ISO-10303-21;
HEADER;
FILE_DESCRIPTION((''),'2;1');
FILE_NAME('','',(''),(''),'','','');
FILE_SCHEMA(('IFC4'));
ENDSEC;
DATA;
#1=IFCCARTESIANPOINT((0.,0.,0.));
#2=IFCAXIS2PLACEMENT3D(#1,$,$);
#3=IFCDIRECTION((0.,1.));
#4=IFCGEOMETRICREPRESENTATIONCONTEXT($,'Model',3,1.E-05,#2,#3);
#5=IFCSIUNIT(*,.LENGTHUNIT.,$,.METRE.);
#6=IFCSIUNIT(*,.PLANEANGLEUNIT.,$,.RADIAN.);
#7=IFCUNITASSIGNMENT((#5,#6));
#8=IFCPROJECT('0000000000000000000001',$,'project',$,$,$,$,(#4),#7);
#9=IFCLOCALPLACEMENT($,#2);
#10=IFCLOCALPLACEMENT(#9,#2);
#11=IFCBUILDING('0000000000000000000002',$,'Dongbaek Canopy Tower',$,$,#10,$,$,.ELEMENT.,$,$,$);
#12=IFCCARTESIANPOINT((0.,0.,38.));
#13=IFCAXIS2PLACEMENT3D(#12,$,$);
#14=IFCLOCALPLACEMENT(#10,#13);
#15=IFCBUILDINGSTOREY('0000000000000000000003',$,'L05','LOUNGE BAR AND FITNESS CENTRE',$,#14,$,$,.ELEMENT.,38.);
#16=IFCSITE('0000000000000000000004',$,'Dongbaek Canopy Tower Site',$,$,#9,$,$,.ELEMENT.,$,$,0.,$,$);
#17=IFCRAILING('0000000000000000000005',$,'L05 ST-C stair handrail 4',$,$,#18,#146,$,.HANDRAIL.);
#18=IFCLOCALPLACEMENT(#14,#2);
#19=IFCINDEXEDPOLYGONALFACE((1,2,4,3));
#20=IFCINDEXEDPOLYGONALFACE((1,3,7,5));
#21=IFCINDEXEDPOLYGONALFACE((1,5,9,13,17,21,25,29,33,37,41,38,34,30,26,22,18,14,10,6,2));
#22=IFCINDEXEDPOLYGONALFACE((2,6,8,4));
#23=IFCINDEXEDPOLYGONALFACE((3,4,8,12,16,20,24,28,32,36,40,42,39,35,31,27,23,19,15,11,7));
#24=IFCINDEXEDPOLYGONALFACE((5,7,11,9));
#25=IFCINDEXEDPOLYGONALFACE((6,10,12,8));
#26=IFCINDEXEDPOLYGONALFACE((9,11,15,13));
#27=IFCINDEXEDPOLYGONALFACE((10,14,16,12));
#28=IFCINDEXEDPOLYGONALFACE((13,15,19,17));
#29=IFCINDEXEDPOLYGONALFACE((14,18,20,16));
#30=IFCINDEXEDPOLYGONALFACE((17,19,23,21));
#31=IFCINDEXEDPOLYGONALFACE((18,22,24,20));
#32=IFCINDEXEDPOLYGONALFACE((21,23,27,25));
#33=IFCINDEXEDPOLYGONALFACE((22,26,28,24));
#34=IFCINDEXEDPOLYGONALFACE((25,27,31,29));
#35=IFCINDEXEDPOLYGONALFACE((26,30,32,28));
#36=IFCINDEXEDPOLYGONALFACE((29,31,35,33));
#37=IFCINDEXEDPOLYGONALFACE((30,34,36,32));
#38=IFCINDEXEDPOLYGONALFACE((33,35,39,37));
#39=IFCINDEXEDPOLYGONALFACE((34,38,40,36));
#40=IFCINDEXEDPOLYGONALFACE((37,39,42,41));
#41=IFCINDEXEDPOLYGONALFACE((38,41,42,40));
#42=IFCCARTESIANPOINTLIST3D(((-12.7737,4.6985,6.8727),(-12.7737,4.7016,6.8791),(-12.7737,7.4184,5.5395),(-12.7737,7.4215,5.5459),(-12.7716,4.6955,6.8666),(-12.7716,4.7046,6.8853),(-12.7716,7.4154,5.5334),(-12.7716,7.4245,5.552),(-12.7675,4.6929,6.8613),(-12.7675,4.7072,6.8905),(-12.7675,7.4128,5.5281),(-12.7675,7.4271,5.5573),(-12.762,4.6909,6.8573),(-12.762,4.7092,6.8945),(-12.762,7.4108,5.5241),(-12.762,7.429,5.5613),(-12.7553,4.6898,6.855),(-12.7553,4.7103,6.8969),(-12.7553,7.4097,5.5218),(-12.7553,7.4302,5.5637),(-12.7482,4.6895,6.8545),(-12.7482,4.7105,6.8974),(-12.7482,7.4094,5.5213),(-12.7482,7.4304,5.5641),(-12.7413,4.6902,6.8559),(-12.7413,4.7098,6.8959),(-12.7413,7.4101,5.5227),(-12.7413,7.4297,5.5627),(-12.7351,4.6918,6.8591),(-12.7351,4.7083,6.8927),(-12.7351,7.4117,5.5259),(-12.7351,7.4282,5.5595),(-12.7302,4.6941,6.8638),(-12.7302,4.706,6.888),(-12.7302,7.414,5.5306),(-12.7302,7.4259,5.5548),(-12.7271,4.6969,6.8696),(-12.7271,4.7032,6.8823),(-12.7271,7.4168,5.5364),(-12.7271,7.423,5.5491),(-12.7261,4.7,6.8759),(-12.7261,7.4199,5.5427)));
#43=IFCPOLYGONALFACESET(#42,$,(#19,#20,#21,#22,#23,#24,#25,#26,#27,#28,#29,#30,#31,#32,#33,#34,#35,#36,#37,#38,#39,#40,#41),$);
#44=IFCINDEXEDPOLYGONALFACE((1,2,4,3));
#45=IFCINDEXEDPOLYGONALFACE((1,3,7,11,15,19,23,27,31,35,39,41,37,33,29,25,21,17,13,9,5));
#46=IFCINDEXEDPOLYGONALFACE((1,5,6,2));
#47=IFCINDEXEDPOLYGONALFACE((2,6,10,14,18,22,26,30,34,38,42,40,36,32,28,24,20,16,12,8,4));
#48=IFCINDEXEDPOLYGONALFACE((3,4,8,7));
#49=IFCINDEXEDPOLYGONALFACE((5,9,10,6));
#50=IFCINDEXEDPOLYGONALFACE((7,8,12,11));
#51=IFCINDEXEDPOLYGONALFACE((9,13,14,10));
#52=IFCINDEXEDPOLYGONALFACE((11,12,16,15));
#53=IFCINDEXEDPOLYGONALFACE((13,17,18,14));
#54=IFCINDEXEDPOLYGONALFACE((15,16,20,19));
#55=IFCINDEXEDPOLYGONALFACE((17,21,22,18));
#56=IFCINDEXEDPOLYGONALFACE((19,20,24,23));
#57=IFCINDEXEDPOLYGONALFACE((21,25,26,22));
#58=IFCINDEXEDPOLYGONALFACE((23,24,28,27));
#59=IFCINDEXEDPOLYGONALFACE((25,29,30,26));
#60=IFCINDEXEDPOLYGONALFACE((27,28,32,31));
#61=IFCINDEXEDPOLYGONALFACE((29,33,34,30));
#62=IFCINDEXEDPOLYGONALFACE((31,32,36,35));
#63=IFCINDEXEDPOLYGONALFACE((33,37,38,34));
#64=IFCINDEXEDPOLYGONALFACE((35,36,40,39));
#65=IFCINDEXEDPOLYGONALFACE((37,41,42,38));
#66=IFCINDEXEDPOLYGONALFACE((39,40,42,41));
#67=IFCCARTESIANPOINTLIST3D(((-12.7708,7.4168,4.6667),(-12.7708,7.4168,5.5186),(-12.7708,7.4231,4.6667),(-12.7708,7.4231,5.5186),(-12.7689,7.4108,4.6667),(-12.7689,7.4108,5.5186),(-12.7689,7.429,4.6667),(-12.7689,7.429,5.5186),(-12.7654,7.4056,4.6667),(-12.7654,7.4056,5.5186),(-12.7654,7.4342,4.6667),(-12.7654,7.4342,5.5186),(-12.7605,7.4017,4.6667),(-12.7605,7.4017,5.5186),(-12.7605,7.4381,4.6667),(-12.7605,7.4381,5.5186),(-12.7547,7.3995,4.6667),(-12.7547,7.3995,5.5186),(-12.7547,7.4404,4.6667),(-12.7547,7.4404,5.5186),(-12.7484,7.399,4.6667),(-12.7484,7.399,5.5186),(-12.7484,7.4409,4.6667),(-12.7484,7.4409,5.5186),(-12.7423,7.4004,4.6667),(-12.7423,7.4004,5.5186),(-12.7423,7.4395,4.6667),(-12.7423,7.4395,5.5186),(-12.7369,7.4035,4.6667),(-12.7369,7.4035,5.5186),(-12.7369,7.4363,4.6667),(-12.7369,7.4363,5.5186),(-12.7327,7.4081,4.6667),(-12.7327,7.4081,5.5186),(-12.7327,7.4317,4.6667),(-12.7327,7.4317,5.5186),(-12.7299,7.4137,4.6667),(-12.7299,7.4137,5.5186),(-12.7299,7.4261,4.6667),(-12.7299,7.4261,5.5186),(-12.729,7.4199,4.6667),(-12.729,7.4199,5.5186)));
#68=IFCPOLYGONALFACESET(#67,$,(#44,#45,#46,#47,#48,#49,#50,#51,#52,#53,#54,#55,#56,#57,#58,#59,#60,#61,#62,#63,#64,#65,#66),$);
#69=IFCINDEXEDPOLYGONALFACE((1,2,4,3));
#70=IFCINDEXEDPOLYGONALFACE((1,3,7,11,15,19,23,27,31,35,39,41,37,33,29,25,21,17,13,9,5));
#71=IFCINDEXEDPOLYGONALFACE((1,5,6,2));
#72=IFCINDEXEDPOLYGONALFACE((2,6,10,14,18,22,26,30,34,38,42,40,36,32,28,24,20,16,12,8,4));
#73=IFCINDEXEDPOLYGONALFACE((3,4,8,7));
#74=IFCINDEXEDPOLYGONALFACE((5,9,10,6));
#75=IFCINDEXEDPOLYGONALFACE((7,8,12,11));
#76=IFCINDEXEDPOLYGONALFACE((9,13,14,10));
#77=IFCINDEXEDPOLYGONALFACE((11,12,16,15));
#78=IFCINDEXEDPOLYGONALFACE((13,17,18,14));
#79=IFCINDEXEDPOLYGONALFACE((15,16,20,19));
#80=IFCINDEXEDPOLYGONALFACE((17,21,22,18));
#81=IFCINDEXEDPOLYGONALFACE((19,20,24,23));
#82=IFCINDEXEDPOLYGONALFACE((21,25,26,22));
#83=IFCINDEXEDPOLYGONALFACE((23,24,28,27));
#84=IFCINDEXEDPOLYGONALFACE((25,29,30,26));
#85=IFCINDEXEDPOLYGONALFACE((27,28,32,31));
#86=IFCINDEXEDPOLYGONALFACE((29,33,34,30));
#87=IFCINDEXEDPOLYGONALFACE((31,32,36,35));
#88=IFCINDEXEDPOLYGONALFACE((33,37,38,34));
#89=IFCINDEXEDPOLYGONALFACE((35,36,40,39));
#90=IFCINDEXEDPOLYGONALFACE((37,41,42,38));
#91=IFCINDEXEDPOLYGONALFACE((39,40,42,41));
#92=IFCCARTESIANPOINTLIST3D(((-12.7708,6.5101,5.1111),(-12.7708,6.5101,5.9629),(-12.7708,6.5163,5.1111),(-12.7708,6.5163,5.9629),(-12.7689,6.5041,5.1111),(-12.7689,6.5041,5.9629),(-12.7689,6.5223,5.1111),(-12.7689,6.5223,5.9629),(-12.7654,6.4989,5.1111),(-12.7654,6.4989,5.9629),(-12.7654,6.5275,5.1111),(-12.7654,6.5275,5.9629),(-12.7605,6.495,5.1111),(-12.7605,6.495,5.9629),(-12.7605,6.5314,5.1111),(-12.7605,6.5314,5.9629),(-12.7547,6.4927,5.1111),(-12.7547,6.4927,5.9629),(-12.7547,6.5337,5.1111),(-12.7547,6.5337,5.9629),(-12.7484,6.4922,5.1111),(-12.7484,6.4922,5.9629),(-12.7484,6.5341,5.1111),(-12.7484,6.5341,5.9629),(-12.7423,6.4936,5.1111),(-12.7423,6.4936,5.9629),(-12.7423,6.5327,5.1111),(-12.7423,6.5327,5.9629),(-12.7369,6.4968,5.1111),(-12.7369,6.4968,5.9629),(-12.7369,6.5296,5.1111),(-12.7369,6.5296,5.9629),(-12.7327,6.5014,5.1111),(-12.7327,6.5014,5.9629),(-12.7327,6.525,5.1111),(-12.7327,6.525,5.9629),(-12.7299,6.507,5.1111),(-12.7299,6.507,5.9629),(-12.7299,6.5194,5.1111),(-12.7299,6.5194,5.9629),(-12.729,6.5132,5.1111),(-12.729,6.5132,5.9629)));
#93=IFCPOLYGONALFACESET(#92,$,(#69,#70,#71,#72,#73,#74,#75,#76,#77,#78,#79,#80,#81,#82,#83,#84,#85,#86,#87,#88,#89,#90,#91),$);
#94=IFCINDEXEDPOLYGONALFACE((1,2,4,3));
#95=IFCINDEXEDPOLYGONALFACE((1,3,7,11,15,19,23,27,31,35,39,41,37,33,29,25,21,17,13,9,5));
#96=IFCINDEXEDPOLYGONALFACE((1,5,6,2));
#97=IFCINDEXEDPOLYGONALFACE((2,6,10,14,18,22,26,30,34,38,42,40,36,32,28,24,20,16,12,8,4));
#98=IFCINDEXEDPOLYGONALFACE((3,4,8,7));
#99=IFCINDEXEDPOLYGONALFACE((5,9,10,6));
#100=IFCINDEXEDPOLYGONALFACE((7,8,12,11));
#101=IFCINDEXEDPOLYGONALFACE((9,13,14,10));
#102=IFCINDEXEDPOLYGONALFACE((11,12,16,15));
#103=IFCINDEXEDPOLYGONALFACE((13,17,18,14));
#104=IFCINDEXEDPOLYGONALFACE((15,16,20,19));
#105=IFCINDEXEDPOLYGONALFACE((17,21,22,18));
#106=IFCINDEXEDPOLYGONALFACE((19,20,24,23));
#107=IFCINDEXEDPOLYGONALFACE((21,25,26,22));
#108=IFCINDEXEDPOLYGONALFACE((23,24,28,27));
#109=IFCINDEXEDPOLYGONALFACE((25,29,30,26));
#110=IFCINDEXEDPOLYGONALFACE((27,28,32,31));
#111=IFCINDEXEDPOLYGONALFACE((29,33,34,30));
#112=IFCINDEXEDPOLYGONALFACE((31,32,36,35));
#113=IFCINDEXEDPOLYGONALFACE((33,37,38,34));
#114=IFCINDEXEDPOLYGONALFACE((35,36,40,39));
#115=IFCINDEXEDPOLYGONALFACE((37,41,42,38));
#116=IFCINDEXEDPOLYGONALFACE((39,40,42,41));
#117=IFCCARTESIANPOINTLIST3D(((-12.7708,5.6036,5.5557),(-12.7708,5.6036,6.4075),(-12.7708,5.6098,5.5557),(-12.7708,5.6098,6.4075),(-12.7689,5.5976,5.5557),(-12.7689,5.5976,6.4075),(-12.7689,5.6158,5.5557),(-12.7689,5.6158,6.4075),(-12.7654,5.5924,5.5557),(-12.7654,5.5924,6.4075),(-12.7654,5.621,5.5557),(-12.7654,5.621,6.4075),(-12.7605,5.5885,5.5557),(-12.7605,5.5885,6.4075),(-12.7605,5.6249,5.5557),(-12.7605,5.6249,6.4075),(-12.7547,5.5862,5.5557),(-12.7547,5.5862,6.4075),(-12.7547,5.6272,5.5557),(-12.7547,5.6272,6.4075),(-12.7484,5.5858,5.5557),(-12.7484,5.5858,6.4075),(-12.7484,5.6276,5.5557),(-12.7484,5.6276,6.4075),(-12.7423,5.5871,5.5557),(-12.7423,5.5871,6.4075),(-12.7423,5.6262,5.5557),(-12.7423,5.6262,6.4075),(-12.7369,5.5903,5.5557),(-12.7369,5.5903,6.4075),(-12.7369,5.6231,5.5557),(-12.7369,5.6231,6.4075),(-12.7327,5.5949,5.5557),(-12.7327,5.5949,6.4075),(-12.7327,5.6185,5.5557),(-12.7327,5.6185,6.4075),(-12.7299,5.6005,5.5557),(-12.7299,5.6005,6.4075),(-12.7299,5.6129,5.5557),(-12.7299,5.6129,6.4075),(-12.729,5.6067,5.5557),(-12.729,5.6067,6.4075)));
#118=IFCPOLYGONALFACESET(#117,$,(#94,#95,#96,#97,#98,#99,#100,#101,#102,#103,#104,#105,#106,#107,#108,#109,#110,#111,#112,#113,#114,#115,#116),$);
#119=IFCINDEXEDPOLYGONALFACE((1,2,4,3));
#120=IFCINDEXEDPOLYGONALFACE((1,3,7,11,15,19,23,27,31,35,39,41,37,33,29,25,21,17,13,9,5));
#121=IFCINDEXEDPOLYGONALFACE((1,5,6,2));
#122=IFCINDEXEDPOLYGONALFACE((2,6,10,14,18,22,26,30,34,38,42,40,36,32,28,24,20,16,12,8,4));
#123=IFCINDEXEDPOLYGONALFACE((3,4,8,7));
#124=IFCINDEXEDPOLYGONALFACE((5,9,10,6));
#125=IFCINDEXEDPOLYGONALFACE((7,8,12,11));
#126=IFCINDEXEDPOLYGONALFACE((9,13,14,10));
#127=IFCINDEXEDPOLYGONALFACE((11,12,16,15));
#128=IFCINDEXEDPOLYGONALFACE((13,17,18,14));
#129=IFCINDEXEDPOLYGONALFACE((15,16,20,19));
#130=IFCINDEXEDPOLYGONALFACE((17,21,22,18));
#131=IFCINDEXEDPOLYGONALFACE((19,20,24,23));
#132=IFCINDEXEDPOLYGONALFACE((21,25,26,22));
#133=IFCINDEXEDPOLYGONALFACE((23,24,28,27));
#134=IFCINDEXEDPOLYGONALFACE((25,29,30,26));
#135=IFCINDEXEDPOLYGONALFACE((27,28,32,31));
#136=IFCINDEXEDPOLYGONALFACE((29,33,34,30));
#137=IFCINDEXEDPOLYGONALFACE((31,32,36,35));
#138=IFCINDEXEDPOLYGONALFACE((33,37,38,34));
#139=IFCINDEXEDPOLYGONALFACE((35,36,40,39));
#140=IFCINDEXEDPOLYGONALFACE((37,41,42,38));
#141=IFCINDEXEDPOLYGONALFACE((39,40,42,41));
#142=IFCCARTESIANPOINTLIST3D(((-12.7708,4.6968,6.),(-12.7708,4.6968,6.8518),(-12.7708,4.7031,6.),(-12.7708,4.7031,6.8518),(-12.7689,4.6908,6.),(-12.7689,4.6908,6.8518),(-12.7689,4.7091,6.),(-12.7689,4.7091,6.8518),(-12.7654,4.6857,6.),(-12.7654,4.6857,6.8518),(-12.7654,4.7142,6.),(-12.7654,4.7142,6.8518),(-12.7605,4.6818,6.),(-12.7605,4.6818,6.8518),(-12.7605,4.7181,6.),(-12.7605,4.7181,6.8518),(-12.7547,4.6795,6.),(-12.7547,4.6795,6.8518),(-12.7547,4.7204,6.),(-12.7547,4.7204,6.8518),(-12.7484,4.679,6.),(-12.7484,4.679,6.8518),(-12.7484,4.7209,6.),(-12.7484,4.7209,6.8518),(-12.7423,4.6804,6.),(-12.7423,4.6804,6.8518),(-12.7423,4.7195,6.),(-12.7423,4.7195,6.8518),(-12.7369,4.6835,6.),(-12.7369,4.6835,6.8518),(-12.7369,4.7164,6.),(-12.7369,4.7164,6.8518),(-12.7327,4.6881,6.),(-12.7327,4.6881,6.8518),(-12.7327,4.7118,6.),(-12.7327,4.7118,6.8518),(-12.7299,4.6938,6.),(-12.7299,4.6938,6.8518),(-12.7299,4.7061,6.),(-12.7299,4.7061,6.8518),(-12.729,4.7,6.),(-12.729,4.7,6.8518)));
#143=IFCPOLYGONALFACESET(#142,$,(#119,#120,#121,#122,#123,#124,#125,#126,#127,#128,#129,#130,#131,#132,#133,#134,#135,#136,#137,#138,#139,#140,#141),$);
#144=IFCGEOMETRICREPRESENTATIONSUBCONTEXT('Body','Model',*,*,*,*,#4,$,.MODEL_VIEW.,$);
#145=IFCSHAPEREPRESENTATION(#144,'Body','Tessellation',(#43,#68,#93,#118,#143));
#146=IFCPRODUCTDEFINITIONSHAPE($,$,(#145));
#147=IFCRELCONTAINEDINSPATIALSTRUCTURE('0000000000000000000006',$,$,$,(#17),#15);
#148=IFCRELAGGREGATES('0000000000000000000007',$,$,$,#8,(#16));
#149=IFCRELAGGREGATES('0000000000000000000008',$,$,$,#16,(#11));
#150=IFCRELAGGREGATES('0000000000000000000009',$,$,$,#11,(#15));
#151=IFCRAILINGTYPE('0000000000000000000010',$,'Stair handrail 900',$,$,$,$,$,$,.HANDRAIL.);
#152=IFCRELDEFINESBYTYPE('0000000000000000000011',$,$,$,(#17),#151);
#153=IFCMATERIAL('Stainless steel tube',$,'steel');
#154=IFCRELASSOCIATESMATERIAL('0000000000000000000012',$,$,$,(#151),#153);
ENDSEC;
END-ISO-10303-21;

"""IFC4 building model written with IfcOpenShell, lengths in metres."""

from ifc_helpers import new_model, si_unit, direction, frame, origin, origin_2d, place, context, subcontext, project, spatial, circle, extrude, material, type_object, element, save


model = new_model("IFC4")

# Units and contexts
model_context = context("Model", 3, precision=1e-05, world=origin(), true_north=direction((0.0, 1.0)))
body_context = subcontext(model_context, "Body", "Model", "MODEL_VIEW")
ifc_project = project(units=[si_unit("LENGTHUNIT", "METRE"), si_unit("PLANEANGLEUNIT", "RADIAN")], contexts=[model_context])

# Site, building, storey
site_placement = place(None, origin())
site = spatial("IfcSite", under=ifc_project, at=site_placement, Name="Dongbaek Canopy Tower Site", CompositionType="ELEMENT", RefElevation=0.0)
building_placement = place(site_placement, origin())
building = spatial("IfcBuilding", under=site, at=building_placement, Name="Dongbaek Canopy Tower", CompositionType="ELEMENT")
storey_placement = place(building_placement, frame((0.0, 0.0, 38.0)))
storey = spatial("IfcBuildingStorey", under=building, at=storey_placement, Name="L05", Description="LOUNGE BAR AND FITNESS CENTRE", CompositionType="ELEMENT", Elevation=38.0)

# Railing
ifc_material_1 = material(Name="Stainless steel tube", Category="steel")
railing_type_1 = type_object("IfcRailingType", Name="Stair handrail 900", PredefinedType="HANDRAIL", material=ifc_material_1)
for number, where, name in (
    (1, (-12.75, 7.4199, 4.6667), "L05 ST-C stair handrail 4"),
):
    element("IfcRailing", number, at=place(storey_placement, frame(where)), inside=storey, type_object=railing_type_1, Name=name, PredefinedType="HANDRAIL", context=body_context, shape_type="SweptSolid", body=[
        extrude(circle(Radius=0.0239, at=origin_2d()), frame((0.0, 0.0, 0.876), z_axis=(0.0, -0.897929, 0.440139), x_axis=(1.0, 0.0, 0.0)), (0.0, 0.0, 1.0), 3.0291),
        extrude(circle(Radius=0.021, at=origin_2d()), origin(), (0.0, 0.0, 1.0), 0.8518),
        extrude(circle(Radius=0.021, at=origin_2d()), frame((0.0, -0.9067, 0.4443)), (0.0, 0.0, 1.0), 0.8518),
        extrude(circle(Radius=0.021, at=origin_2d()), frame((0.0, -1.8132, 0.8889)), (0.0, 0.0, 1.0), 0.8518),
        extrude(circle(Radius=0.021, at=origin_2d()), frame((0.0, -2.72, 1.3333)), (0.0, 0.0, 1.0), 0.8518),
    ])

save(model, "model.ifc")
